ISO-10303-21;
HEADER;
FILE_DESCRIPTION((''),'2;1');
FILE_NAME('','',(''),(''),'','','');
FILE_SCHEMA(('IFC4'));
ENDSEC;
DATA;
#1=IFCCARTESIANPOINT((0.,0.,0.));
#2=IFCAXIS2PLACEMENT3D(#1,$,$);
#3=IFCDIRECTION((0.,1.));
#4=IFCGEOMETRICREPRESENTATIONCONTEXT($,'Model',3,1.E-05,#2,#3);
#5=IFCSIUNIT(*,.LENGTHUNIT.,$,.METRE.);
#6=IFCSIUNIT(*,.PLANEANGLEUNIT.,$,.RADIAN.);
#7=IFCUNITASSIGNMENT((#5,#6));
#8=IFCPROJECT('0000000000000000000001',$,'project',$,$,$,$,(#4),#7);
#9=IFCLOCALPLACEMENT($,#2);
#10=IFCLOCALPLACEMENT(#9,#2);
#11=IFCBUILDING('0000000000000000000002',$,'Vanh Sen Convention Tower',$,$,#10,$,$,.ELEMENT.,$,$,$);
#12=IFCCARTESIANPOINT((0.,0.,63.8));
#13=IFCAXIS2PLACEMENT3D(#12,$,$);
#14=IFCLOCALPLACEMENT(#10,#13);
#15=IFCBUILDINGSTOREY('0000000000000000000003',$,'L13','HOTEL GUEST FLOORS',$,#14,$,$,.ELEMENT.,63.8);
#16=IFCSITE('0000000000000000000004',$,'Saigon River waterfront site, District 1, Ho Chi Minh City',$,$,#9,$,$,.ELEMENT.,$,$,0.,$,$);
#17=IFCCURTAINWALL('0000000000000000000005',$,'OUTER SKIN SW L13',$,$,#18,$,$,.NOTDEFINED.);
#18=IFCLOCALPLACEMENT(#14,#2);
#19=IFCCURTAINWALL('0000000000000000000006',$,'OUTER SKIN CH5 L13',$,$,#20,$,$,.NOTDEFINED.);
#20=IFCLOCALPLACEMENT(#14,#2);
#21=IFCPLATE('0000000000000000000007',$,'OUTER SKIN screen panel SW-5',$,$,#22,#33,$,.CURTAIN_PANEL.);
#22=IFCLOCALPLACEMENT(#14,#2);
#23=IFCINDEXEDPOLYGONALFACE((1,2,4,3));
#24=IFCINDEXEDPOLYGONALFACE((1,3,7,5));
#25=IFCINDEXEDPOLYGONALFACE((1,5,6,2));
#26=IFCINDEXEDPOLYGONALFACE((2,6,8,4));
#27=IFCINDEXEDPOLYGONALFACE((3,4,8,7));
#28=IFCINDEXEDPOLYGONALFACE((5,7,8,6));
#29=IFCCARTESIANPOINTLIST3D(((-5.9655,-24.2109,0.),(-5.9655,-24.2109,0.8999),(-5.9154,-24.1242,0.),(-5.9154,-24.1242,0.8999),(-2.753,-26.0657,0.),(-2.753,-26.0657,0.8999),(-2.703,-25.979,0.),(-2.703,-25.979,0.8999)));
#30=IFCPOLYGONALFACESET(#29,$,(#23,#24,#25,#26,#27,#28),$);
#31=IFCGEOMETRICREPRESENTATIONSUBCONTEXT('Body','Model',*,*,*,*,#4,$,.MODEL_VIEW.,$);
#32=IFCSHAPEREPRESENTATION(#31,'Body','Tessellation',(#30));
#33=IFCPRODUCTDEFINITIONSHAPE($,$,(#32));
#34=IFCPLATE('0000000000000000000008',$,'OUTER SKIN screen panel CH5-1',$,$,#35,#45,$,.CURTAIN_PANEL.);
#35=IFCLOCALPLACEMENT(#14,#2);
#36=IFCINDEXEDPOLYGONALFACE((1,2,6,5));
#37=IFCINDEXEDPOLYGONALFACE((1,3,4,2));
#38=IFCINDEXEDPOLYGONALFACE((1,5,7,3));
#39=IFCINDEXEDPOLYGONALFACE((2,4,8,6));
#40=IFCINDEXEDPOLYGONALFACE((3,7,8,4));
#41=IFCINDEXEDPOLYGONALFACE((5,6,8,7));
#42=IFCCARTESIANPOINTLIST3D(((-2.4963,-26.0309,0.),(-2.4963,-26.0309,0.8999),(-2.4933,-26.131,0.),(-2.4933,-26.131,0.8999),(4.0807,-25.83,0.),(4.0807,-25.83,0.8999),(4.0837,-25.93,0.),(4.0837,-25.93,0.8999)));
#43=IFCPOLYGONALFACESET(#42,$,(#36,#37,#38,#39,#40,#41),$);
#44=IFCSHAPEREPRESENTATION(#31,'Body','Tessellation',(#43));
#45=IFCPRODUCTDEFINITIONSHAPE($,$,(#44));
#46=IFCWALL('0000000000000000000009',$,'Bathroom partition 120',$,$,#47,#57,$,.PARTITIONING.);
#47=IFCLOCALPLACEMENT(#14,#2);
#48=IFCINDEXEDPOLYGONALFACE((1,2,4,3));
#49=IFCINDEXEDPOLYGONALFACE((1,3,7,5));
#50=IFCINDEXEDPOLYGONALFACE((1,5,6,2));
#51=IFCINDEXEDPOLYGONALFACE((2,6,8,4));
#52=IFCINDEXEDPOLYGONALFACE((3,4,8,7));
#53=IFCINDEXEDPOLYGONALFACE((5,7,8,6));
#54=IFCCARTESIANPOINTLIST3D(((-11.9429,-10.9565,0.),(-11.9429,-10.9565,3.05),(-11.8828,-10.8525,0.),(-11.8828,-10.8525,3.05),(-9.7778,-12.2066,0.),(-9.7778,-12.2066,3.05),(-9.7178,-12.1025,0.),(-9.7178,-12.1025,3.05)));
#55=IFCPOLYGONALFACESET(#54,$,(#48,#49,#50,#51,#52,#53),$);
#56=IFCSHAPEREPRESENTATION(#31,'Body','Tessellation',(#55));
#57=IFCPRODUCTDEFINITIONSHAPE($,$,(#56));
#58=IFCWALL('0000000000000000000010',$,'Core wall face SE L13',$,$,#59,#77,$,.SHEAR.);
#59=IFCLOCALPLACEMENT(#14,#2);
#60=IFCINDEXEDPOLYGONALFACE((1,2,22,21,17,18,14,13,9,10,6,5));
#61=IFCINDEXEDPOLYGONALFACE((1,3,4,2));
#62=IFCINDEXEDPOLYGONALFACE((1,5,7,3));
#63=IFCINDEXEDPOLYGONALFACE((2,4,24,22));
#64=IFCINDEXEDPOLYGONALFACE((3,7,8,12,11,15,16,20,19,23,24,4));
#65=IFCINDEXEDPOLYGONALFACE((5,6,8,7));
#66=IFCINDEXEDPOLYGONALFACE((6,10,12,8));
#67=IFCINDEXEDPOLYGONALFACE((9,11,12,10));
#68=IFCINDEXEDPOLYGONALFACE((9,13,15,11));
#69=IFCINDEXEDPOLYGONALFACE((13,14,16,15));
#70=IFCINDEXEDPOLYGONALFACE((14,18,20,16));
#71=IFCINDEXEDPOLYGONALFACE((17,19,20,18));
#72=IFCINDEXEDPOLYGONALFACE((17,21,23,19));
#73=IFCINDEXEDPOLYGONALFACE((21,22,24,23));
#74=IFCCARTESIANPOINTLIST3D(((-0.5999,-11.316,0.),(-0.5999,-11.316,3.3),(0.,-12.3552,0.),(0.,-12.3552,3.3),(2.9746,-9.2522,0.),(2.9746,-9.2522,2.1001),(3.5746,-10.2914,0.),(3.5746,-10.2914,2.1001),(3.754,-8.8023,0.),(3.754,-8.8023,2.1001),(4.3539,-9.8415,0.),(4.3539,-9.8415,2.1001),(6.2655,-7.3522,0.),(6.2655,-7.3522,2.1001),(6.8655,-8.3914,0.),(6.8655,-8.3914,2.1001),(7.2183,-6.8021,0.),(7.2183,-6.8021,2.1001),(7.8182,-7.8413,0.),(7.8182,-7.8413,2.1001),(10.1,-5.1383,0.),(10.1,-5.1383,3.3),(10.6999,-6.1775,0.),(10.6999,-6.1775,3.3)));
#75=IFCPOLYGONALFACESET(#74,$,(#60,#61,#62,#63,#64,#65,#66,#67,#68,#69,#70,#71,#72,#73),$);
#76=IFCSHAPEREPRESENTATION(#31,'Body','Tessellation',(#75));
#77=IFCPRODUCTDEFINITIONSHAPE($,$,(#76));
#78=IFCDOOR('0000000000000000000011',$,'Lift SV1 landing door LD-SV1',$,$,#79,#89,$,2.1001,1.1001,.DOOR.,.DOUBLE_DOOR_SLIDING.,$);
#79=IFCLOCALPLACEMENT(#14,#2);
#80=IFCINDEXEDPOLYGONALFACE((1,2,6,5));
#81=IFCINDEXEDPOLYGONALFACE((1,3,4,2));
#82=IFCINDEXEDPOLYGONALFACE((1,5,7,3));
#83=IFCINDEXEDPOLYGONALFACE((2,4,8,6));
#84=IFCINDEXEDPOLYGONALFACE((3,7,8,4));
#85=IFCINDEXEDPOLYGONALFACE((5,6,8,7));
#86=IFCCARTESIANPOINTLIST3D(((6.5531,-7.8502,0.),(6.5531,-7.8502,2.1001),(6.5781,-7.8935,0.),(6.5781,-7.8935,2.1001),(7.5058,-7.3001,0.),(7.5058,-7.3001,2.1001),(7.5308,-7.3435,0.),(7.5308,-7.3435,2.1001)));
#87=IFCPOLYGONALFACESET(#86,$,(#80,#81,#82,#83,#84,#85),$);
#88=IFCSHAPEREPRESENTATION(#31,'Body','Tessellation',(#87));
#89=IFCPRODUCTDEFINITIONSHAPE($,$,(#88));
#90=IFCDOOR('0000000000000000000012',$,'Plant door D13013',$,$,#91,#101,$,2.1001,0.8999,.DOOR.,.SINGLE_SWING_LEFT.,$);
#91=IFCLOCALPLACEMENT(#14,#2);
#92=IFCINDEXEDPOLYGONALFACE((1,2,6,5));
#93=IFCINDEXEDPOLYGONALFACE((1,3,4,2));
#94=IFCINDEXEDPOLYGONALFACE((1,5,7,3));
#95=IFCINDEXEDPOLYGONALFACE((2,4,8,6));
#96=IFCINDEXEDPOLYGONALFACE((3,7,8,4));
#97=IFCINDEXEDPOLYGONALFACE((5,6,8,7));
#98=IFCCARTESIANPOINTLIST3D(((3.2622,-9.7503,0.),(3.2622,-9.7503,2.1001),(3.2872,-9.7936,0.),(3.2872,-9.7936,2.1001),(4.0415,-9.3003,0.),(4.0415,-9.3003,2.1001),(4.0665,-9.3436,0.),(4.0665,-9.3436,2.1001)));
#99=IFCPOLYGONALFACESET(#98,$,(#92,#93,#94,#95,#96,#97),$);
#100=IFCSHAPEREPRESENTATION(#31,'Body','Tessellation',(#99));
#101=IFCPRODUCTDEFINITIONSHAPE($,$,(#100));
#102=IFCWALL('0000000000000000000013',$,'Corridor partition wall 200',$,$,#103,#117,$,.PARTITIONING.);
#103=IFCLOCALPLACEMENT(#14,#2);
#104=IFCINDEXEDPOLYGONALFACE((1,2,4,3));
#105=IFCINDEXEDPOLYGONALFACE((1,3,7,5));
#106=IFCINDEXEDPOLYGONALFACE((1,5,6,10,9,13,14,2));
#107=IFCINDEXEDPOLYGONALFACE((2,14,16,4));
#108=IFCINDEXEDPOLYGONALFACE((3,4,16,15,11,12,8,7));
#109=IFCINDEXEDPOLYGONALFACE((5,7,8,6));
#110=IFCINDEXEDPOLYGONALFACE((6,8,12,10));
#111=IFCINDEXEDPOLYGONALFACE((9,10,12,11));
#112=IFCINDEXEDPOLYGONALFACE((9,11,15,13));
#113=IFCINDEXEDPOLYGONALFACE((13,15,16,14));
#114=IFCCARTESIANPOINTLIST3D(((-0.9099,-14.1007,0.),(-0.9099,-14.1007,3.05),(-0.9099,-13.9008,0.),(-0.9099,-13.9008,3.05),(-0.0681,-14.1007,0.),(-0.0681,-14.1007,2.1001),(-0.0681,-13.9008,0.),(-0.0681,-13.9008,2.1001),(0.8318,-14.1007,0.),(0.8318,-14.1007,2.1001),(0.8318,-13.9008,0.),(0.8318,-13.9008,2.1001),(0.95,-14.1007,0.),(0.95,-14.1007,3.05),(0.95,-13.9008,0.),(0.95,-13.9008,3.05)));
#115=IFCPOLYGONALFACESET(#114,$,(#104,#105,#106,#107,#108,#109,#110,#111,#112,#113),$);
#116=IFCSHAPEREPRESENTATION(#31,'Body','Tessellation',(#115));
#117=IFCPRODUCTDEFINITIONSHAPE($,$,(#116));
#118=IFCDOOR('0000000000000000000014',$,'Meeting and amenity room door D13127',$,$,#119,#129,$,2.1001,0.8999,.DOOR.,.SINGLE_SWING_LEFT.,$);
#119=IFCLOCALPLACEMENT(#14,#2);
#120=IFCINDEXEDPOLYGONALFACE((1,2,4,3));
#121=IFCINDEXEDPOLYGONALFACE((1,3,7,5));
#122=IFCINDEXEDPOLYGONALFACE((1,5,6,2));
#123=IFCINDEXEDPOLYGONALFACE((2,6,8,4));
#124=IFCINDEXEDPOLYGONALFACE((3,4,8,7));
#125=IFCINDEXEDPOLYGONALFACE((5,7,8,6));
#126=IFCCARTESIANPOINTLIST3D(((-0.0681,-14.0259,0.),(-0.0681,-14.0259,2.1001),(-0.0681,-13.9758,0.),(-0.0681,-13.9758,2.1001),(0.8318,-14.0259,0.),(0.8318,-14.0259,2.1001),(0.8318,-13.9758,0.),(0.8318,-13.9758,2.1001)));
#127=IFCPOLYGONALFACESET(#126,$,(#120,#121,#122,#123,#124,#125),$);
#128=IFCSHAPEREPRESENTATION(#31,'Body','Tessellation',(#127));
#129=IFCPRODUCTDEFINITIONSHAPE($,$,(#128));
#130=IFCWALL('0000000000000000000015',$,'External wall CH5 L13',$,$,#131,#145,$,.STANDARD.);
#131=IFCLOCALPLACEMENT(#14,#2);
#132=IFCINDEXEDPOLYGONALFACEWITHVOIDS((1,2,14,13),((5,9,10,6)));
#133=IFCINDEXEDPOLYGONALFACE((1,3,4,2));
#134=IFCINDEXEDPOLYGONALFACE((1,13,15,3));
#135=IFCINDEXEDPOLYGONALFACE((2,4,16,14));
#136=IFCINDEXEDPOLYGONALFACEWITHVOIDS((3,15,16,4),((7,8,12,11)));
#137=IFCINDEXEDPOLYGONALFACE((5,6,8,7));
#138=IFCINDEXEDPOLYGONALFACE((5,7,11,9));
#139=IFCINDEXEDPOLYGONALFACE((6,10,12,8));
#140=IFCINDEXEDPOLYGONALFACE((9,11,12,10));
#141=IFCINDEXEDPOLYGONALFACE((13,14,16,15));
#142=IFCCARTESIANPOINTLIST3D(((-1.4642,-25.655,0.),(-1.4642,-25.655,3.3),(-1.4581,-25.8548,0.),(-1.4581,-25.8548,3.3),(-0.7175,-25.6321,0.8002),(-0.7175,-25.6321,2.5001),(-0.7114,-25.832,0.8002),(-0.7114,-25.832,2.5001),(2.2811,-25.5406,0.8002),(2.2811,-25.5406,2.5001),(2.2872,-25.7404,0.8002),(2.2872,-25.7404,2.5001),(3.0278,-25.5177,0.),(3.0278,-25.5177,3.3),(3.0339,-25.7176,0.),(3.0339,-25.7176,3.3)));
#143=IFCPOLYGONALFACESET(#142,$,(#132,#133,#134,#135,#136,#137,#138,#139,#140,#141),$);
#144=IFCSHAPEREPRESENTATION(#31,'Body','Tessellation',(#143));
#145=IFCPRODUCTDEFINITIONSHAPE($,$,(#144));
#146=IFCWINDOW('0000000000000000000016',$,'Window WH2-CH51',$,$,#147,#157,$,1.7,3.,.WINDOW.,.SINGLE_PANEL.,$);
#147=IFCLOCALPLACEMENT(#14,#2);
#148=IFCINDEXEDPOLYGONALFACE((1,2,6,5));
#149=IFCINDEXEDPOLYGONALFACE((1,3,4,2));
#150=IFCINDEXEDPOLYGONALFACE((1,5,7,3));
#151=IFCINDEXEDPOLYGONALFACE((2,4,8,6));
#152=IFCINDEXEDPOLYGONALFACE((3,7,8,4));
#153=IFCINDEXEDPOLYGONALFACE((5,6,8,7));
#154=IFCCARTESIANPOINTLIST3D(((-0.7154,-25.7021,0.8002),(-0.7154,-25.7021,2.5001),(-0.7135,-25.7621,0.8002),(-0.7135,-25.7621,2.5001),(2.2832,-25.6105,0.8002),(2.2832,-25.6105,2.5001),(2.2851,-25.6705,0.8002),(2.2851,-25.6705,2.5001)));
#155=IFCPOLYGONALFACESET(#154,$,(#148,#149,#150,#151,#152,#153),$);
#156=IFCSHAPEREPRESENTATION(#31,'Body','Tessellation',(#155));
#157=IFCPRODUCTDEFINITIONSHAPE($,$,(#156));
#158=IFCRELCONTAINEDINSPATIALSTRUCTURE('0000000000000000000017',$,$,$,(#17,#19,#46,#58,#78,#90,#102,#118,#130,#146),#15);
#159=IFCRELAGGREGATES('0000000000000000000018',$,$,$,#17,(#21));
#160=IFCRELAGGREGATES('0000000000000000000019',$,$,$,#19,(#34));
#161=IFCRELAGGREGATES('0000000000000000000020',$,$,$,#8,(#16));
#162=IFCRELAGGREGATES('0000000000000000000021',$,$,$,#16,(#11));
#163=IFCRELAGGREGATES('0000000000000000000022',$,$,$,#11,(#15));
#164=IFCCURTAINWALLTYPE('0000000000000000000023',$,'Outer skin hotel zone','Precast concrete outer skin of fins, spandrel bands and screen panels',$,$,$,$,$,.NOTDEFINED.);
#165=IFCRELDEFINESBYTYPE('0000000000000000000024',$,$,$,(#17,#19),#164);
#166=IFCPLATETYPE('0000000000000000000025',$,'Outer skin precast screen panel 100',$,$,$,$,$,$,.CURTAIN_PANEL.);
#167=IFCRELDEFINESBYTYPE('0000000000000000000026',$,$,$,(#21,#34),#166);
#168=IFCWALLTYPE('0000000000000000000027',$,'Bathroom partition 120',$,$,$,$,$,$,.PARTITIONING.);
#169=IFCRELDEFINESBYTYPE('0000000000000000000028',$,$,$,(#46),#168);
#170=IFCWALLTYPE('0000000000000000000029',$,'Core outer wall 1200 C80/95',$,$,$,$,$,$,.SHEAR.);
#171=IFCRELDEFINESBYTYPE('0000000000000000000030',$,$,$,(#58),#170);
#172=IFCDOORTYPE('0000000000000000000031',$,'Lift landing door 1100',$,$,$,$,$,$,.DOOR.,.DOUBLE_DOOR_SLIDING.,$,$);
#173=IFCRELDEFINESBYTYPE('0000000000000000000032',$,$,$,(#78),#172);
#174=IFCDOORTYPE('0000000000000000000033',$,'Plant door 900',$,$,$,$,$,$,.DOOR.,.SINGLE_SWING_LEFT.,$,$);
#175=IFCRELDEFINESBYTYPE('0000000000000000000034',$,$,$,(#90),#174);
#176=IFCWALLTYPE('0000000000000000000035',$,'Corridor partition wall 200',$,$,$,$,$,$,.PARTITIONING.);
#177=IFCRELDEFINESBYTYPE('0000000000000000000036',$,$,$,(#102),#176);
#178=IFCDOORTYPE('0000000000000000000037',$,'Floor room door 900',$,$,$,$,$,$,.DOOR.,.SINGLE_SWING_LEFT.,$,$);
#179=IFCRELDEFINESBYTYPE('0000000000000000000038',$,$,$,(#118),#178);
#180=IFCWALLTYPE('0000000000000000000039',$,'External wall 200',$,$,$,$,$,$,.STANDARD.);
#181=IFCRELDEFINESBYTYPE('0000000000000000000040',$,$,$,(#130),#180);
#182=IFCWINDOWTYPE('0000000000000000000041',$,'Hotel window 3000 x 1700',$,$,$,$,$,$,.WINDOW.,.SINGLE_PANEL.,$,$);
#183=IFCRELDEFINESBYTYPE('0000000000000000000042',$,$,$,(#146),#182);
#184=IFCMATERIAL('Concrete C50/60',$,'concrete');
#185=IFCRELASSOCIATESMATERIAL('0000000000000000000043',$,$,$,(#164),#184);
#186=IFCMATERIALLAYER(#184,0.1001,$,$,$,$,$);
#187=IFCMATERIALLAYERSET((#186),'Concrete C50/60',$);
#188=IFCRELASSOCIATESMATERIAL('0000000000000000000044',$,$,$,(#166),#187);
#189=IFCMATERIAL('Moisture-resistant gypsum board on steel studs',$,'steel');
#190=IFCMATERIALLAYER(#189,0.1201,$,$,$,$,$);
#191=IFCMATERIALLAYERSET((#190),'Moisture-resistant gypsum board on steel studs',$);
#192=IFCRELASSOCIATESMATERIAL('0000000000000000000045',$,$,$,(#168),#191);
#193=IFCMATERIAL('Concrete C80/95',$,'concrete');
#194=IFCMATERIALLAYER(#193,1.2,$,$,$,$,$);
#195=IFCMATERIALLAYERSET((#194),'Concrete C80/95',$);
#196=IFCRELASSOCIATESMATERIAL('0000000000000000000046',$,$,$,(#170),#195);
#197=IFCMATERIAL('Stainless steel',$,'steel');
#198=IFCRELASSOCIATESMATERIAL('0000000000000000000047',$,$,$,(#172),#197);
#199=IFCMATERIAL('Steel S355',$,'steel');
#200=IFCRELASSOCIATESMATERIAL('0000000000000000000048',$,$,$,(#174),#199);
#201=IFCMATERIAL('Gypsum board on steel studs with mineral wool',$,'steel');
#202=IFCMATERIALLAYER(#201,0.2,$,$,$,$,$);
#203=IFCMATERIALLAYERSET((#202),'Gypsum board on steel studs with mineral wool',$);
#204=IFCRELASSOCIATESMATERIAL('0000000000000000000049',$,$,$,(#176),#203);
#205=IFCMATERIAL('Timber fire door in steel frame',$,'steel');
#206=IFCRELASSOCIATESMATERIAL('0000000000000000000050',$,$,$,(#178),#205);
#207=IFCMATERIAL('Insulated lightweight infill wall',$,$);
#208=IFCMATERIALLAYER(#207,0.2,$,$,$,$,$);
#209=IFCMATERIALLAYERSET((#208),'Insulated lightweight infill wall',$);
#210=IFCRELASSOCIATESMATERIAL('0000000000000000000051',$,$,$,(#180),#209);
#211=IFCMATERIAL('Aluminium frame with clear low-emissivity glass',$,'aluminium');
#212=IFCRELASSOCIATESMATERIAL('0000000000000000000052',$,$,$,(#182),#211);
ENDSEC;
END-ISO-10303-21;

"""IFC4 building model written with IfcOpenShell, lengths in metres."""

from ifc_helpers import new_model, si_unit, direction, frame, frame_2d, origin, origin_2d, place, context, subcontext, project, spatial, rectangle, extrude, material, layer, layer_set, type_object, element, fill, aggregate, save


model = new_model("IFC4")

# Units and contexts
model_context = context("Model", 3, precision=1e-05, world=origin(), true_north=direction((0.0, 1.0)))
body_context = subcontext(model_context, "Body", "Model", "MODEL_VIEW")
ifc_project = project(units=[si_unit("LENGTHUNIT", "METRE"), si_unit("PLANEANGLEUNIT", "RADIAN")], contexts=[model_context])

# Site, building, storey
site_placement = place(None, origin())
site = spatial("IfcSite", under=ifc_project, at=site_placement, Name="Saigon River waterfront site, District 1, Ho Chi Minh City", CompositionType="ELEMENT", RefElevation=0.0)
building_placement = place(site_placement, origin())
building = spatial("IfcBuilding", under=site, at=building_placement, Name="Vanh Sen Convention Tower", CompositionType="ELEMENT")
storey_placement = place(building_placement, frame((0.0, 0.0, 63.8)))
storey = spatial("IfcBuildingStorey", under=building, at=storey_placement, Name="L13", Description="HOTEL GUEST FLOORS", CompositionType="ELEMENT", Elevation=63.8)

# Shared definitions
ifc_material_1 = material(Name="Concrete C80/95", Category="concrete")

# Curtain wall
ifc_material_2 = material(Name="Concrete C50/60", Category="concrete")
curtain_wall_type = type_object("IfcCurtainWallType", Name="Outer skin hotel zone", Description="Precast concrete outer skin of fins, spandrel bands and screen panels", PredefinedType="NOTDEFINED", material=ifc_material_2)
curtain_wall_1_placement = place(storey_placement, origin())
curtain_wall_1 = element("IfcCurtainWall", 1, at=curtain_wall_1_placement, inside=storey, type_object=curtain_wall_type, Name="OUTER SKIN SW L13", PredefinedType="NOTDEFINED")

# Curtain wall
curtain_wall_2_placement = place(storey_placement, origin())
curtain_wall_2 = element("IfcCurtainWall", 2, at=curtain_wall_2_placement, inside=storey, type_object=curtain_wall_type, Name="OUTER SKIN CH5 L13", PredefinedType="NOTDEFINED")

# Plates
ifc_layer_1 = layer(ifc_material_2, 0.1001)
ifc_layer_set_1 = layer_set([ifc_layer_1], Name="Concrete C50/60")
plate_type = type_object("IfcPlateType", Name="Outer skin precast screen panel 100", PredefinedType="CURTAIN_PANEL", material=ifc_layer_set_1)
plate_1_placement = place(storey_placement, frame((-4.3342, -25.095, 0.0), z_axis=(0.0, 0.0, 1.0), x_axis=(0.866021, -0.500008, 0.0)))
plate_1 = element("IfcPlate", 3, at=plate_1_placement, type_object=plate_type, Name="OUTER SKIN screen panel SW-5", PredefinedType="CURTAIN_PANEL", context=body_context, shape_type="SweptSolid", body=[
    extrude(rectangle(XDim=3.7095, YDim=0.1001, at=origin_2d()), origin(), (0.0, 0.0, 1.0), 0.8999),
])
aggregate(curtain_wall_1, [plate_1])
plate_2_placement = place(storey_placement, frame((0.7937, -25.9805, 0.0), z_axis=(0.0, 0.0, 1.0), x_axis=(0.999533, 0.030542, 0.0)))
plate_2 = element("IfcPlate", 4, at=plate_2_placement, type_object=plate_type, Name="OUTER SKIN screen panel CH5-1", PredefinedType="CURTAIN_PANEL", context=body_context, shape_type="SweptSolid", body=[
    extrude(rectangle(XDim=6.5801, YDim=0.1001, at=origin_2d()), origin(), (0.0, 0.0, 1.0), 0.8999),
])
aggregate(curtain_wall_2, [plate_2])

# Wall
ifc_material_3 = material(Name="Moisture-resistant gypsum board on steel studs", Category="steel")
ifc_layer_2 = layer(ifc_material_3, 0.1201)
ifc_layer_set_2 = layer_set([ifc_layer_2], Name="Moisture-resistant gypsum board on steel studs")
wall_type_1 = type_object("IfcWallType", Name="Bathroom partition 120", PredefinedType="PARTITIONING", material=ifc_layer_set_2)
wall_1_placement = place(storey_placement, frame((-9.7478, -12.1545, 0.0), z_axis=(0.0, 0.0, 1.0), x_axis=(-0.866023, 0.500004, 0.0)))
element("IfcWall", 5, at=wall_1_placement, inside=storey, type_object=wall_type_1, Name="Bathroom partition 120", PredefinedType="PARTITIONING", context=body_context, shape_type="SweptSolid", body=[
    extrude(rectangle(XDim=2.5, YDim=0.1201, at=frame_2d((1.25, 0.0))), origin(), (0.0, 0.0, 1.0), 3.05),
])

# Wall, openings, doors
ifc_layer_3 = layer(ifc_material_1, 1.2)
ifc_layer_set_3 = layer_set([ifc_layer_3], Name="Concrete C80/95")
wall_type_2 = type_object("IfcWallType", Name="Core outer wall 1200 C80/95", PredefinedType="SHEAR", material=ifc_layer_set_3)
wall_2_placement = place(storey_placement, frame((-0.3, -11.8357, 0.0), z_axis=(0.0, 0.0, 1.0), x_axis=(0.866021, 0.500007, 0.0)))
wall_2 = element("IfcWall", 6, at=wall_2_placement, inside=storey, type_object=wall_type_2, Name="Core wall face SE L13", PredefinedType="SHEAR", context=body_context, shape_type="SweptSolid", body=[
    extrude(rectangle(XDim=12.3552, YDim=1.2, at=frame_2d((6.1777, 0.0))), origin(), (0.0, 0.0, 1.0), 3.3),
])
opening_1_placement = place(wall_2_placement, frame((4.1277, 0.0, 0.0)))
opening_1 = element("IfcOpeningElement", 7, at=opening_1_placement, cuts=wall_2, PredefinedType="OPENING", context=body_context, shape_type="SweptSolid", body=[
    extrude(rectangle(XDim=0.8999, YDim=2.1001, at=frame_2d((0.45, 1.05))), frame((0.0, 0.6099, 0.0), z_axis=(0.0, -1.0, 0.0), x_axis=(1.0, 0.0, 0.0)), (0.0, 0.0, 1.0), 1.22),
])
opening_2_placement = place(wall_2_placement, frame((7.9277, 0.0, 0.0)))
opening_2 = element("IfcOpeningElement", 8, at=opening_2_placement, cuts=wall_2, PredefinedType="OPENING", context=body_context, shape_type="SweptSolid", body=[
    extrude(rectangle(XDim=1.1001, YDim=2.1001, at=frame_2d((0.55, 1.05))), frame((0.0, 0.6099, 0.0), z_axis=(0.0, -1.0, 0.0), x_axis=(1.0, 0.0, 0.0)), (0.0, 0.0, 1.0), 1.22),
])
ifc_material_4 = material(Name="Stainless steel", Category="steel")
door_type_1 = type_object("IfcDoorType", Name="Lift landing door 1100", OperationType="DOUBLE_DOOR_SLIDING", PredefinedType="DOOR", material=ifc_material_4)
door_1_placement = place(opening_2_placement, origin())
door_1 = element("IfcDoor", 9, at=door_1_placement, inside=storey, type_object=door_type_1, Name="Lift SV1 landing door LD-SV1", OperationType="DOUBLE_DOOR_SLIDING", OverallHeight=2.1001, OverallWidth=1.1001, PredefinedType="DOOR", context=body_context, shape_type="SweptSolid", body=[
    extrude(rectangle(XDim=1.1001, YDim=2.1001, at=frame_2d((0.55, 1.05))), frame((0.0, 0.0249, 0.0), z_axis=(0.0, -1.0, 0.0), x_axis=(1.0, 0.0, 0.0)), (0.0, 0.0, 1.0), 0.05),
])
fill(opening_2, door_1)
ifc_material_5 = material(Name="Steel S355", Category="steel")
door_type_2 = type_object("IfcDoorType", Name="Plant door 900", OperationType="SINGLE_SWING_LEFT", PredefinedType="DOOR", material=ifc_material_5)
door_2_placement = place(opening_1_placement, origin())
door_2 = element("IfcDoor", 10, at=door_2_placement, inside=storey, type_object=door_type_2, Name="Plant door D13013", OperationType="SINGLE_SWING_LEFT", OverallHeight=2.1001, OverallWidth=0.8999, PredefinedType="DOOR", context=body_context, shape_type="SweptSolid", body=[
    extrude(rectangle(XDim=0.8999, YDim=2.1001, at=frame_2d((0.45, 1.05))), frame((0.0, 0.0249, 0.0), z_axis=(0.0, -1.0, 0.0), x_axis=(1.0, 0.0, 0.0)), (0.0, 0.0, 1.0), 0.05),
])
fill(opening_1, door_2)

# Wall, opening, door
ifc_material_6 = material(Name="Gypsum board on steel studs with mineral wool", Category="steel")
ifc_layer_4 = layer(ifc_material_6, 0.2)
ifc_layer_set_4 = layer_set([ifc_layer_4], Name="Gypsum board on steel studs with mineral wool")
wall_type_3 = type_object("IfcWallType", Name="Corridor partition wall 200", PredefinedType="PARTITIONING", material=ifc_layer_set_4)
wall_3_placement = place(storey_placement, frame((-0.9099, -14.0007, 0.0), z_axis=(0.0, 0.0, 1.0), x_axis=(1.0, 0.0, 0.0)))
wall_3 = element("IfcWall", 11, at=wall_3_placement, inside=storey, type_object=wall_type_3, Name="Corridor partition wall 200", PredefinedType="PARTITIONING", context=body_context, shape_type="SweptSolid", body=[
    extrude(rectangle(XDim=1.8599, YDim=0.2, at=frame_2d((0.9299, 0.0))), origin(), (0.0, 0.0, 1.0), 3.05),
])
opening_3_placement = place(wall_3_placement, frame((0.8418, 0.0, 0.0)))
opening_3 = element("IfcOpeningElement", 12, at=opening_3_placement, cuts=wall_3, PredefinedType="OPENING", context=body_context, shape_type="SweptSolid", body=[
    extrude(rectangle(XDim=0.8999, YDim=2.1001, at=frame_2d((0.45, 1.05))), frame((0.0, 0.1099, 0.0), z_axis=(0.0, -1.0, 0.0), x_axis=(1.0, 0.0, 0.0)), (0.0, 0.0, 1.0), 0.22),
])
ifc_material_7 = material(Name="Timber fire door in steel frame", Category="steel")
door_type_3 = type_object("IfcDoorType", Name="Floor room door 900", OperationType="SINGLE_SWING_LEFT", PredefinedType="DOOR", material=ifc_material_7)
door_3_placement = place(opening_3_placement, origin())
door_3 = element("IfcDoor", 13, at=door_3_placement, inside=storey, type_object=door_type_3, Name="Meeting and amenity room door D13127", OperationType="SINGLE_SWING_LEFT", OverallHeight=2.1001, OverallWidth=0.8999, PredefinedType="DOOR", context=body_context, shape_type="SweptSolid", body=[
    extrude(rectangle(XDim=0.8999, YDim=2.1001, at=frame_2d((0.45, 1.05))), frame((0.0, 0.0249, 0.0), z_axis=(0.0, -1.0, 0.0), x_axis=(1.0, 0.0, 0.0)), (0.0, 0.0, 1.0), 0.05),
])
fill(opening_3, door_3)

# Wall, opening, window
ifc_material_8 = material(Name="Insulated lightweight infill wall")
ifc_layer_5 = layer(ifc_material_8, 0.2)
ifc_layer_set_5 = layer_set([ifc_layer_5], Name="Insulated lightweight infill wall")
wall_type_4 = type_object("IfcWallType", Name="External wall 200", PredefinedType="STANDARD", material=ifc_layer_set_5)
wall_4_placement = place(storey_placement, frame((-1.4612, -25.7549, 0.0), z_axis=(0.0, 0.0, 1.0), x_axis=(0.999534, 0.030531, 0.0)))
wall_4 = element("IfcWall", 14, at=wall_4_placement, inside=storey, type_object=wall_type_4, Name="External wall CH5 L13", PredefinedType="STANDARD", context=body_context, shape_type="SweptSolid", body=[
    extrude(rectangle(XDim=4.4941, YDim=0.2, at=frame_2d((2.2471, 0.0))), origin(), (0.0, 0.0, 1.0), 3.3),
])
opening_4_placement = place(wall_4_placement, frame((0.7471, 0.0, 0.8)))
opening_4 = element("IfcOpeningElement", 15, at=opening_4_placement, cuts=wall_4, PredefinedType="OPENING", context=body_context, shape_type="SweptSolid", body=[
    extrude(rectangle(XDim=3.0, YDim=1.7, at=frame_2d((1.5, 0.8501))), frame((0.0, 0.1099, 0.0), z_axis=(0.0, -1.0, 0.0), x_axis=(1.0, 0.0, 0.0)), (0.0, 0.0, 1.0), 0.22),
])
ifc_material_9 = material(Name="Aluminium frame with clear low-emissivity glass", Category="aluminium")
window_type = type_object("IfcWindowType", Name="Hotel window 3000 x 1700", PartitioningType="SINGLE_PANEL", PredefinedType="WINDOW", material=ifc_material_9)
window_placement = place(opening_4_placement, origin())
window = element("IfcWindow", 16, at=window_placement, inside=storey, type_object=window_type, Name="Window WH2-CH51", OverallHeight=1.7, OverallWidth=3.0, PartitioningType="SINGLE_PANEL", PredefinedType="WINDOW", context=body_context, shape_type="SweptSolid", body=[
    extrude(rectangle(XDim=3.0, YDim=1.7, at=frame_2d((1.5, 0.8501))), frame((0.0, 0.03, 0.0), z_axis=(0.0, -1.0, 0.0), x_axis=(1.0, 0.0, 0.0)), (0.0, 0.0, 1.0), 0.0601),
])
fill(opening_4, window)

save(model, "model.ifc")
